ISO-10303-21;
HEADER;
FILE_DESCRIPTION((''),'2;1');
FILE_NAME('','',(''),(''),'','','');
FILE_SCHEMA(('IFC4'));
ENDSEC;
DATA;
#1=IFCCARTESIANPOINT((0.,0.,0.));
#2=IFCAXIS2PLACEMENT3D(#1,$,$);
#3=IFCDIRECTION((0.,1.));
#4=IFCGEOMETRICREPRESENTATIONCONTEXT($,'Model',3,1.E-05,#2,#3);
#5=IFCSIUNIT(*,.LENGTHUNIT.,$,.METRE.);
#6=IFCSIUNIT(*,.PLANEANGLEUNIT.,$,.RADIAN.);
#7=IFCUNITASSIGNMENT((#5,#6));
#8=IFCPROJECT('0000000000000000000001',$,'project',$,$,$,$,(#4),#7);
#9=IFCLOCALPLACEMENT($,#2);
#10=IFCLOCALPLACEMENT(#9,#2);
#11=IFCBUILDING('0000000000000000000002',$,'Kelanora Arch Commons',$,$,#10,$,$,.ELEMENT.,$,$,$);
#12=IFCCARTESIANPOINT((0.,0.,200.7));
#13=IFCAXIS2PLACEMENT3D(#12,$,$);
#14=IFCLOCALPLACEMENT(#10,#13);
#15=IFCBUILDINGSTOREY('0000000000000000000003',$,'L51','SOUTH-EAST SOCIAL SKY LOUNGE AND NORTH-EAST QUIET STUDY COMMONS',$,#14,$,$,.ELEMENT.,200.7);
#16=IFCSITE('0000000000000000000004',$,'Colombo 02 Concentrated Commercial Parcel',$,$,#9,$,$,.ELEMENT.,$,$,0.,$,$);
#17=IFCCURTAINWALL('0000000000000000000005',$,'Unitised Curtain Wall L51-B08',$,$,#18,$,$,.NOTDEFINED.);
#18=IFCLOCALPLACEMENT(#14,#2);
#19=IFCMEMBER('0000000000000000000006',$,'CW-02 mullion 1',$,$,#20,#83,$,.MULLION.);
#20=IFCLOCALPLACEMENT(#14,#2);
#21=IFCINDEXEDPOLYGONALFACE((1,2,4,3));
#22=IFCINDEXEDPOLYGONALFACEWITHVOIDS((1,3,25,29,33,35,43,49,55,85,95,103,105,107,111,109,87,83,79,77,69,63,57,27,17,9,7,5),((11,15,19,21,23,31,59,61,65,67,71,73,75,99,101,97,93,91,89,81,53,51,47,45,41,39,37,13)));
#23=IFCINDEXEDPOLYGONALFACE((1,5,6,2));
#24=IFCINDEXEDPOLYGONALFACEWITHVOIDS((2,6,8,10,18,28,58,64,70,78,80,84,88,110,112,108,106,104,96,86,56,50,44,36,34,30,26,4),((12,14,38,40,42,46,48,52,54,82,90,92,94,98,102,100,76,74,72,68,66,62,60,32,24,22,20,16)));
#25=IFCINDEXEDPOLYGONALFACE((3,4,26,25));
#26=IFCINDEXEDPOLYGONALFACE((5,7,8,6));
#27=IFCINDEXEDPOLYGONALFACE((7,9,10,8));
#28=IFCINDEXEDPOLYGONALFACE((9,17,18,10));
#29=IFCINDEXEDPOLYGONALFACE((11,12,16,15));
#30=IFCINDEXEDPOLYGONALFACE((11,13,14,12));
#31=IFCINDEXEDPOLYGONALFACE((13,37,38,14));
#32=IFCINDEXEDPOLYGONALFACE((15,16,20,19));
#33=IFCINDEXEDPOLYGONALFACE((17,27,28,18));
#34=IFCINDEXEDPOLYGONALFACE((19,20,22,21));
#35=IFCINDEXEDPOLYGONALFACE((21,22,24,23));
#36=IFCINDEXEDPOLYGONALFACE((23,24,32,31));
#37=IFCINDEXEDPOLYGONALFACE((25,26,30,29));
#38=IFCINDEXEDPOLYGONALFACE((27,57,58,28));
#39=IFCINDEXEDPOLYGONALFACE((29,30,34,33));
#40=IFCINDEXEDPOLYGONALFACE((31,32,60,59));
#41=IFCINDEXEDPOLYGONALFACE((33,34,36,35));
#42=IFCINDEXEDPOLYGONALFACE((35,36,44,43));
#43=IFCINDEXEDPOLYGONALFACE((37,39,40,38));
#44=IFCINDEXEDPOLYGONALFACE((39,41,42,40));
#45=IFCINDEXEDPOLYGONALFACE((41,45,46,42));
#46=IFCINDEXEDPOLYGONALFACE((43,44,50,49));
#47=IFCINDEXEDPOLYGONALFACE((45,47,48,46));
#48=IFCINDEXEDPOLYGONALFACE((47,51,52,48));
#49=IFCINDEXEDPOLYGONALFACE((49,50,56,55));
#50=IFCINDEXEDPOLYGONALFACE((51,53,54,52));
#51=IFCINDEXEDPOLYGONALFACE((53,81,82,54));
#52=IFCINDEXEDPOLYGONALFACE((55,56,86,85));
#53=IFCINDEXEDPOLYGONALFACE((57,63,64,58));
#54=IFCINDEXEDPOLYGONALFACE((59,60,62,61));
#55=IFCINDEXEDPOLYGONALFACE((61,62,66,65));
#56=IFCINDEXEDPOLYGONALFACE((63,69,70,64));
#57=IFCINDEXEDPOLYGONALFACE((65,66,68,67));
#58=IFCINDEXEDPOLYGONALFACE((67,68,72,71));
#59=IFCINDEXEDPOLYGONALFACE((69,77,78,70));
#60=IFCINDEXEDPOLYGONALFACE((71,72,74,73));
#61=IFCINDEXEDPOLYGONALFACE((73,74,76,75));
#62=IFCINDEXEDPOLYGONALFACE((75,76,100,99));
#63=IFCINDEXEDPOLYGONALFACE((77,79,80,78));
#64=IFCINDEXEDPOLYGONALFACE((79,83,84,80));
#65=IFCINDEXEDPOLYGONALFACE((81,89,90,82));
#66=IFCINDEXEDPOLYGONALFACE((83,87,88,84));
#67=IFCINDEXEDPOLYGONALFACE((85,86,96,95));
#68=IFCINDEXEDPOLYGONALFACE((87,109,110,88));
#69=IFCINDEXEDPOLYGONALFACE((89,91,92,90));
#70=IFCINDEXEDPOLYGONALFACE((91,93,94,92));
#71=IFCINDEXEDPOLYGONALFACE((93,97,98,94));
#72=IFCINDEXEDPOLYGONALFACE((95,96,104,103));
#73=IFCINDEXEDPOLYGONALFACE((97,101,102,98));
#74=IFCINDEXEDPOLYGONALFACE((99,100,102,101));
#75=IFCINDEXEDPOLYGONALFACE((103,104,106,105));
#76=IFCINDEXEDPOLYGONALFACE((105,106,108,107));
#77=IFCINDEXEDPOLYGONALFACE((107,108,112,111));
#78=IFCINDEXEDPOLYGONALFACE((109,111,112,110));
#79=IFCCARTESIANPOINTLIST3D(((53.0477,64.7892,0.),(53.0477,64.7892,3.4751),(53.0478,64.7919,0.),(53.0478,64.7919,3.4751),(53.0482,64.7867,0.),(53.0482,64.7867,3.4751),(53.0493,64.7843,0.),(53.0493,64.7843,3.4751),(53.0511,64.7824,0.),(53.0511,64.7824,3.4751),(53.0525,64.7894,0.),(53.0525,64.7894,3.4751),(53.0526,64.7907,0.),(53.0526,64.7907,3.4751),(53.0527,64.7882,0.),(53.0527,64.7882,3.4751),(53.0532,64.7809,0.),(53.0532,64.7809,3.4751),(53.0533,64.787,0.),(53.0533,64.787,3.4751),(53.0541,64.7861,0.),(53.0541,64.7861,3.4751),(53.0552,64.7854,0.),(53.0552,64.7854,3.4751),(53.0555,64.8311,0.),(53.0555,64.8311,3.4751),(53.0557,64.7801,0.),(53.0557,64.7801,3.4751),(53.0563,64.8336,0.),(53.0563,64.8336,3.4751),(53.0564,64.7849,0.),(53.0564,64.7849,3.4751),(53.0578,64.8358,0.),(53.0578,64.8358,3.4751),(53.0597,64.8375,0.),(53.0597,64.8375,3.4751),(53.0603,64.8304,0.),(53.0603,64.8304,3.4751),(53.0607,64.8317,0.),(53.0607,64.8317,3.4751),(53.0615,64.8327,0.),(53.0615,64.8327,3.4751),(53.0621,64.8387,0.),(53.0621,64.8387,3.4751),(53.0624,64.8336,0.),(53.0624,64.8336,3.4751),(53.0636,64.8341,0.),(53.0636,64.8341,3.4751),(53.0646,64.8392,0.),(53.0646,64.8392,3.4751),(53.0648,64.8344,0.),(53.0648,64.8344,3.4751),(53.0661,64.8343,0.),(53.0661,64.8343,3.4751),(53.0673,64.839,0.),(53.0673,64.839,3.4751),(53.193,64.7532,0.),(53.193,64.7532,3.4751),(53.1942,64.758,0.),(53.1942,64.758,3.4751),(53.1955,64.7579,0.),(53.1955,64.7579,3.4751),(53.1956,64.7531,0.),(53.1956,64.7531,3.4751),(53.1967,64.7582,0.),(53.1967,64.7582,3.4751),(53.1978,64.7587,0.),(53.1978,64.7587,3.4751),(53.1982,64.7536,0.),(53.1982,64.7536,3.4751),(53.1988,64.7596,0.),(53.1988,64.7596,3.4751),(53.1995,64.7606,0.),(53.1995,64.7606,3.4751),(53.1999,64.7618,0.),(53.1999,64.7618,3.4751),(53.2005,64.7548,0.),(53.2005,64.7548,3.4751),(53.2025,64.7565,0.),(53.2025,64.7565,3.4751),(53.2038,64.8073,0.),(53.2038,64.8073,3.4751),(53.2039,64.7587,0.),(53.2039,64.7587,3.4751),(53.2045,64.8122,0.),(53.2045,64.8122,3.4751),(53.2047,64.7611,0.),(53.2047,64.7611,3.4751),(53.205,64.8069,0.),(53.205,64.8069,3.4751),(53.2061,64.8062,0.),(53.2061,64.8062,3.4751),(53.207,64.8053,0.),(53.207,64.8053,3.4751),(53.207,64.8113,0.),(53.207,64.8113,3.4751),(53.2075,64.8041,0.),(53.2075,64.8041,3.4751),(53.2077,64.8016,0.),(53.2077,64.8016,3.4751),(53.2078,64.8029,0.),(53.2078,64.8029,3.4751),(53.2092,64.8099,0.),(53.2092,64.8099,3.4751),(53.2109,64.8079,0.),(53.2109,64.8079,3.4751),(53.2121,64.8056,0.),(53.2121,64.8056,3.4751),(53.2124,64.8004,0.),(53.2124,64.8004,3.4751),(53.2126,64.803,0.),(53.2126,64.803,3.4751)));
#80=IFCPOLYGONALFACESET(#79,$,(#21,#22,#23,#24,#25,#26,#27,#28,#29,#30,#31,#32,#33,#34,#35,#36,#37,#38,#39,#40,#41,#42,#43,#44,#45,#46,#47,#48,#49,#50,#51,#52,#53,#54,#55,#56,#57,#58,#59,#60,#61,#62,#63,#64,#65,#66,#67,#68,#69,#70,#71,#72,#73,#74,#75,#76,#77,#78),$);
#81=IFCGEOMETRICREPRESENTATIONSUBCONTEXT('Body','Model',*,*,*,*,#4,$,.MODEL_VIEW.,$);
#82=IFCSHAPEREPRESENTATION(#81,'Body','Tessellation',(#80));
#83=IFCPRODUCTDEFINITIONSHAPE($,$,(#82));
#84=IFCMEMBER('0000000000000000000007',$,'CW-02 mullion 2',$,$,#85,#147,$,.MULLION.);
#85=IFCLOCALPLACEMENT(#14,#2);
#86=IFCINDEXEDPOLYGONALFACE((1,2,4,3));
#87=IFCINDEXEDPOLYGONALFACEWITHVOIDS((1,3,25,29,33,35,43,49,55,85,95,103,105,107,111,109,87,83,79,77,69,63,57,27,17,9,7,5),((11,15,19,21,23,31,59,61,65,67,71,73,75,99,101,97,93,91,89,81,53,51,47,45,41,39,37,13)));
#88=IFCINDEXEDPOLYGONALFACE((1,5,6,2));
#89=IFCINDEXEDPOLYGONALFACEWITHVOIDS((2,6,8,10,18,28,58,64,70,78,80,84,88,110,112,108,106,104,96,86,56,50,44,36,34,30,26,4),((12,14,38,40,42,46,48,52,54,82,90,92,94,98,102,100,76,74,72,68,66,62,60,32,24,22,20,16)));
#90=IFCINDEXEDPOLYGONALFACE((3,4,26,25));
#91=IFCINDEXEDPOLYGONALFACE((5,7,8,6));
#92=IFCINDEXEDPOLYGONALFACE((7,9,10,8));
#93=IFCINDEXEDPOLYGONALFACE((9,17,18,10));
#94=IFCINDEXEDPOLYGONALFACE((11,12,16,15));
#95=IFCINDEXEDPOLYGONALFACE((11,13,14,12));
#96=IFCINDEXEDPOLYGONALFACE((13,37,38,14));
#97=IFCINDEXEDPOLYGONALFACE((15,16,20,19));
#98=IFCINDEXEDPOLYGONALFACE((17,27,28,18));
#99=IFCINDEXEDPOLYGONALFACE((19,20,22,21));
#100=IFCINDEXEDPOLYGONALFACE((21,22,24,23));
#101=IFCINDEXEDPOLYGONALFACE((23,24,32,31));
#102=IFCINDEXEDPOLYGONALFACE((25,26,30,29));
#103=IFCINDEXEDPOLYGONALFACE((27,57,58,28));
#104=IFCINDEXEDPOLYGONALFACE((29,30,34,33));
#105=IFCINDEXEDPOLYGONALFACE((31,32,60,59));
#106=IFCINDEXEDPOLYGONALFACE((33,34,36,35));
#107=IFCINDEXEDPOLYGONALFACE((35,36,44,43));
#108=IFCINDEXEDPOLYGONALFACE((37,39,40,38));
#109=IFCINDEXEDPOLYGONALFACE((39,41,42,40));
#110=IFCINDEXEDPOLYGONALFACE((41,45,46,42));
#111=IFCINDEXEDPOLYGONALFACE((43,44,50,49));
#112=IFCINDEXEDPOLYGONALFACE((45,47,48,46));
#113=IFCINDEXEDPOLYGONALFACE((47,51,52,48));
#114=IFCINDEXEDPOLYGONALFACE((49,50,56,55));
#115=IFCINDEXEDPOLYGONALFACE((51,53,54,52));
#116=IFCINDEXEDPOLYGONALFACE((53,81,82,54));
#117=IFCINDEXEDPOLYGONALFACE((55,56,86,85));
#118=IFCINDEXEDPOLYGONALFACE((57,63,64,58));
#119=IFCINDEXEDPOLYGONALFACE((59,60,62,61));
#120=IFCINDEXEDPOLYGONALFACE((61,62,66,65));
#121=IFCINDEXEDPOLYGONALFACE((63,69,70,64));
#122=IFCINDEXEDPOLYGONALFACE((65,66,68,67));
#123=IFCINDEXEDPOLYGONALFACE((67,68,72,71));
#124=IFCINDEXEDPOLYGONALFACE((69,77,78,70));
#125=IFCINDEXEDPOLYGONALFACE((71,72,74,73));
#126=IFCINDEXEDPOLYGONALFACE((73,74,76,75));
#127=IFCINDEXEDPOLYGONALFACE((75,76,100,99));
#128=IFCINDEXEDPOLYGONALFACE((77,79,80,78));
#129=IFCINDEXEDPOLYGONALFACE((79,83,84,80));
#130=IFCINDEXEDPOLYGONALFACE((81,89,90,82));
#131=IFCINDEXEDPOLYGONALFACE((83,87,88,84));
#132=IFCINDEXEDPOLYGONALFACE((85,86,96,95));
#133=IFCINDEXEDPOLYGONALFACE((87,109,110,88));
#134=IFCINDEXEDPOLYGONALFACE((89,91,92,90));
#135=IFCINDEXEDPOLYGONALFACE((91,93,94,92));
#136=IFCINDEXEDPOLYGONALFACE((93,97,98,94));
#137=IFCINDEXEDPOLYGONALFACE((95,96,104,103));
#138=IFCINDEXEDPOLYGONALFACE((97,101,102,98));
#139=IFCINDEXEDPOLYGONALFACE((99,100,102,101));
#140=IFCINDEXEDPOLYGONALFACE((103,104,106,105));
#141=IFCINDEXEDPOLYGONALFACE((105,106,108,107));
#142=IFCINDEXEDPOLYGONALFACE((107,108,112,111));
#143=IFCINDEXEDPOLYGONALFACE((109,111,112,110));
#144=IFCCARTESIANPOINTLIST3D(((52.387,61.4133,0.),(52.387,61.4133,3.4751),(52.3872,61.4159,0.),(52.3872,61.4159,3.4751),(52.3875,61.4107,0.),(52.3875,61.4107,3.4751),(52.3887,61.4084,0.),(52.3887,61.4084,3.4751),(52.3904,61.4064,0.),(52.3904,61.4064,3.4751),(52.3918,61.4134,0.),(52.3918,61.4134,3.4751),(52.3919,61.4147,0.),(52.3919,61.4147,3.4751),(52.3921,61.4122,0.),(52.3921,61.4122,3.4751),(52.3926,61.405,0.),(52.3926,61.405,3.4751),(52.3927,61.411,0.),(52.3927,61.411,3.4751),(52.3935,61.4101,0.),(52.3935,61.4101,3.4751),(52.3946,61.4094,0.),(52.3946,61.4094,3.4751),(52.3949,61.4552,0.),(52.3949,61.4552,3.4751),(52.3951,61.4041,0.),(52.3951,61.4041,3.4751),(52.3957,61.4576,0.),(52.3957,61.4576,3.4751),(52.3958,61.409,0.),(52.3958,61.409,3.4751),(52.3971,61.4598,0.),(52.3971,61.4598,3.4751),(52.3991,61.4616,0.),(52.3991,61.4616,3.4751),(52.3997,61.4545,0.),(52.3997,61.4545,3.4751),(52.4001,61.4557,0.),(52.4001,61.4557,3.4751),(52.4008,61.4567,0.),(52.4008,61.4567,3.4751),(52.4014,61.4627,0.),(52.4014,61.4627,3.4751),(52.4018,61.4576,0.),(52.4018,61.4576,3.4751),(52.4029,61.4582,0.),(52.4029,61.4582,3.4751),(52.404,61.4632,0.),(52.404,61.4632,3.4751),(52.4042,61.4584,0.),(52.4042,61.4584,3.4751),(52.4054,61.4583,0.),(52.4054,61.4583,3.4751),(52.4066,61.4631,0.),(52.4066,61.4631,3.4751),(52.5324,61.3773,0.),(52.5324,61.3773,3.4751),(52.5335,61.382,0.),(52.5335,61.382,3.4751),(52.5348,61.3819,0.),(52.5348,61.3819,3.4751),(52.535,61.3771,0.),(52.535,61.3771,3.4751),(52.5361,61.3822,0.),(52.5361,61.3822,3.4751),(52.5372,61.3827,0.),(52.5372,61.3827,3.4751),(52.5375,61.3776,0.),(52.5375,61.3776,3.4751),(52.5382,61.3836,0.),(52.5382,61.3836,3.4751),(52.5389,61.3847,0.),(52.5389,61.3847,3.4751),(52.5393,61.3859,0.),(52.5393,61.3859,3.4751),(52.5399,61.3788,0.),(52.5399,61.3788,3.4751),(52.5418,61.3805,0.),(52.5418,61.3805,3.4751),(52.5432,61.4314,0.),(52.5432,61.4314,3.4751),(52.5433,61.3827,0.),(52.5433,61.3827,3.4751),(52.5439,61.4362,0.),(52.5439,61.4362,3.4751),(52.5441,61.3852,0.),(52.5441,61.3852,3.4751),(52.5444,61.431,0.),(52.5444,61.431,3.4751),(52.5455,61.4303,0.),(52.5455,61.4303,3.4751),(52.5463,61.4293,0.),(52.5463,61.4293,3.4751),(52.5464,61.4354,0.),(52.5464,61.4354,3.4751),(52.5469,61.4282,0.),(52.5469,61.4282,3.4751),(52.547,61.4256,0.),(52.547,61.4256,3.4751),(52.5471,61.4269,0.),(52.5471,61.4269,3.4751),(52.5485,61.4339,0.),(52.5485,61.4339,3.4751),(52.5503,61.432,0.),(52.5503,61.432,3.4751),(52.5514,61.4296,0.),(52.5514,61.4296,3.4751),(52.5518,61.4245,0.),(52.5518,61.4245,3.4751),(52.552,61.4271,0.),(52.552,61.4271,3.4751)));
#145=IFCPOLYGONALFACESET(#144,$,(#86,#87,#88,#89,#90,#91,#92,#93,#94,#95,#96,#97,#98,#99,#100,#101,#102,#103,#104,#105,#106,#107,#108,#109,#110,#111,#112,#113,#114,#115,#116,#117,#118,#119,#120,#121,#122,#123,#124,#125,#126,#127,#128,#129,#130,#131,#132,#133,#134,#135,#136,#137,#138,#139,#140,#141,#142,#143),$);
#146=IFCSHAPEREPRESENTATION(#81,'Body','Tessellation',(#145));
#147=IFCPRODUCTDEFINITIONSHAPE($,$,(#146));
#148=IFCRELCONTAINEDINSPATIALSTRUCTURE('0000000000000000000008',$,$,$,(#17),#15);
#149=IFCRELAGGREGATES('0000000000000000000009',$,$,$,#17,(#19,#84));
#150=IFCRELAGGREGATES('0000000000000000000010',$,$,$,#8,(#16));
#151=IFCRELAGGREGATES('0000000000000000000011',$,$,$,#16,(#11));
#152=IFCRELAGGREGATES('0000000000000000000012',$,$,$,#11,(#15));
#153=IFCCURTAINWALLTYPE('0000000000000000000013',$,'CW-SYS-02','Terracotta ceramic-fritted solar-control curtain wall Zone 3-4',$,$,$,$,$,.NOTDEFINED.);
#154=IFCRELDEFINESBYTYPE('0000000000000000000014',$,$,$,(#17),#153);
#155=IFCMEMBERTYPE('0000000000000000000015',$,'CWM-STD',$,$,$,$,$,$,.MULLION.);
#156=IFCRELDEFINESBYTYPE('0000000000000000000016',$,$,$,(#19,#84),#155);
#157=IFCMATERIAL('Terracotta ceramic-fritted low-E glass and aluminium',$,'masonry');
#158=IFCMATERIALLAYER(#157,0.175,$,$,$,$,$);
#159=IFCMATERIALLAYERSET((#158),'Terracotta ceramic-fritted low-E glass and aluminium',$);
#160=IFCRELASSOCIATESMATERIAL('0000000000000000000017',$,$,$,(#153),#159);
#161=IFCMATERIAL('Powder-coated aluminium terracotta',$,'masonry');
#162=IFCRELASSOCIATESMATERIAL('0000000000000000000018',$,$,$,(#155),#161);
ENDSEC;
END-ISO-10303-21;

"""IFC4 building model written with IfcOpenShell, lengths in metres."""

from ifc_helpers import new_model, si_unit, direction, frame, origin, origin_2d, place, context, subcontext, project, spatial, hollow_rectangle, extrude, material, layer, layer_set, material_profile, profile_set, type_object, element, aggregate, save


model = new_model("IFC4")

# Units and contexts
model_context = context("Model", 3, precision=1e-05, world=origin(), true_north=direction((0.0, 1.0)))
body_context = subcontext(model_context, "Body", "Model", "MODEL_VIEW")
ifc_project = project(units=[si_unit("LENGTHUNIT", "METRE"), si_unit("PLANEANGLEUNIT", "RADIAN")], contexts=[model_context])

# Site, building, storey
site_placement = place(None, origin())
site = spatial("IfcSite", under=ifc_project, at=site_placement, Name="Colombo 02 Concentrated Commercial Parcel", CompositionType="ELEMENT", RefElevation=0.0)
building_placement = place(site_placement, origin())
building = spatial("IfcBuilding", under=site, at=building_placement, Name="Kelanora Arch Commons", CompositionType="ELEMENT")
storey_placement = place(building_placement, frame((0.0, 0.0, 200.7)))
storey = spatial("IfcBuildingStorey", under=building, at=storey_placement, Name="L51", Description="SOUTH-EAST SOCIAL SKY LOUNGE AND NORTH-EAST QUIET STUDY COMMONS", CompositionType="ELEMENT", Elevation=200.7)

# Curtain wall, members
ifc_material_1 = material(Name="Terracotta ceramic-fritted low-E glass and aluminium", Category="masonry")
ifc_layer_1 = layer(ifc_material_1, 0.175)
ifc_layer_set_1 = layer_set([ifc_layer_1], Name="Terracotta ceramic-fritted low-E glass and aluminium")
curtain_wall_type = type_object("IfcCurtainWallType", Name="CW-SYS-02", Description="Terracotta ceramic-fritted solar-control curtain wall Zone 3-4", PredefinedType="NOTDEFINED", material=ifc_layer_set_1)
curtain_wall_placement = place(storey_placement, origin())
curtain_wall = element("IfcCurtainWall", 1, at=curtain_wall_placement, inside=storey, type_object=curtain_wall_type, Name="Unitised Curtain Wall L51-B08", PredefinedType="NOTDEFINED")
ifc_material_2 = material(Name="Powder-coated aluminium terracotta", Category="masonry")
ifc_material_profile_1 = material_profile(ifc_material_2, hollow_rectangle(XDim=0.1599, YDim=0.0601, WallThickness=0.0049, InnerFilletRadius=0.0049, OuterFilletRadius=0.01, at=origin_2d()), Name="CWM160x60")
ifc_profile_set_1 = profile_set([ifc_material_profile_1], Name="Powder-coated aluminium terracotta")
member_type_1 = type_object("IfcMemberType", Name="CWM-STD", PredefinedType="MULLION", material=ifc_profile_set_1)
member_1_placement = place(storey_placement, frame((53.1301, 64.7961, 0.0), z_axis=(0.0, 0.0, 1.0), x_axis=(0.981381, -0.192069, 0.0)))
member_1 = element("IfcMember", 2, at=member_1_placement, type_object=member_type_1, Name="CW-02 mullion 1", PredefinedType="MULLION", context=body_context, shape_type="SweptSolid", body=[
    extrude(hollow_rectangle(XDim=0.1599, YDim=0.0601, WallThickness=0.0049, InnerFilletRadius=0.0049, OuterFilletRadius=0.01, at=origin_2d()), origin(), (0.0, 0.0, 1.0), 3.4751),
])
member_2_placement = place(storey_placement, frame((52.4695, 61.4202, 0.0), z_axis=(0.0, 0.0, 1.0), x_axis=(0.981381, -0.192069, 0.0)))
member_2 = element("IfcMember", 3, at=member_2_placement, type_object=member_type_1, Name="CW-02 mullion 2", PredefinedType="MULLION", context=body_context, shape_type="SweptSolid", body=[
    extrude(hollow_rectangle(XDim=0.1599, YDim=0.0601, WallThickness=0.0049, InnerFilletRadius=0.0049, OuterFilletRadius=0.01, at=origin_2d()), origin(), (0.0, 0.0, 1.0), 3.4751),
])
aggregate(curtain_wall, [member_1, member_2])

save(model, "model.ifc")
